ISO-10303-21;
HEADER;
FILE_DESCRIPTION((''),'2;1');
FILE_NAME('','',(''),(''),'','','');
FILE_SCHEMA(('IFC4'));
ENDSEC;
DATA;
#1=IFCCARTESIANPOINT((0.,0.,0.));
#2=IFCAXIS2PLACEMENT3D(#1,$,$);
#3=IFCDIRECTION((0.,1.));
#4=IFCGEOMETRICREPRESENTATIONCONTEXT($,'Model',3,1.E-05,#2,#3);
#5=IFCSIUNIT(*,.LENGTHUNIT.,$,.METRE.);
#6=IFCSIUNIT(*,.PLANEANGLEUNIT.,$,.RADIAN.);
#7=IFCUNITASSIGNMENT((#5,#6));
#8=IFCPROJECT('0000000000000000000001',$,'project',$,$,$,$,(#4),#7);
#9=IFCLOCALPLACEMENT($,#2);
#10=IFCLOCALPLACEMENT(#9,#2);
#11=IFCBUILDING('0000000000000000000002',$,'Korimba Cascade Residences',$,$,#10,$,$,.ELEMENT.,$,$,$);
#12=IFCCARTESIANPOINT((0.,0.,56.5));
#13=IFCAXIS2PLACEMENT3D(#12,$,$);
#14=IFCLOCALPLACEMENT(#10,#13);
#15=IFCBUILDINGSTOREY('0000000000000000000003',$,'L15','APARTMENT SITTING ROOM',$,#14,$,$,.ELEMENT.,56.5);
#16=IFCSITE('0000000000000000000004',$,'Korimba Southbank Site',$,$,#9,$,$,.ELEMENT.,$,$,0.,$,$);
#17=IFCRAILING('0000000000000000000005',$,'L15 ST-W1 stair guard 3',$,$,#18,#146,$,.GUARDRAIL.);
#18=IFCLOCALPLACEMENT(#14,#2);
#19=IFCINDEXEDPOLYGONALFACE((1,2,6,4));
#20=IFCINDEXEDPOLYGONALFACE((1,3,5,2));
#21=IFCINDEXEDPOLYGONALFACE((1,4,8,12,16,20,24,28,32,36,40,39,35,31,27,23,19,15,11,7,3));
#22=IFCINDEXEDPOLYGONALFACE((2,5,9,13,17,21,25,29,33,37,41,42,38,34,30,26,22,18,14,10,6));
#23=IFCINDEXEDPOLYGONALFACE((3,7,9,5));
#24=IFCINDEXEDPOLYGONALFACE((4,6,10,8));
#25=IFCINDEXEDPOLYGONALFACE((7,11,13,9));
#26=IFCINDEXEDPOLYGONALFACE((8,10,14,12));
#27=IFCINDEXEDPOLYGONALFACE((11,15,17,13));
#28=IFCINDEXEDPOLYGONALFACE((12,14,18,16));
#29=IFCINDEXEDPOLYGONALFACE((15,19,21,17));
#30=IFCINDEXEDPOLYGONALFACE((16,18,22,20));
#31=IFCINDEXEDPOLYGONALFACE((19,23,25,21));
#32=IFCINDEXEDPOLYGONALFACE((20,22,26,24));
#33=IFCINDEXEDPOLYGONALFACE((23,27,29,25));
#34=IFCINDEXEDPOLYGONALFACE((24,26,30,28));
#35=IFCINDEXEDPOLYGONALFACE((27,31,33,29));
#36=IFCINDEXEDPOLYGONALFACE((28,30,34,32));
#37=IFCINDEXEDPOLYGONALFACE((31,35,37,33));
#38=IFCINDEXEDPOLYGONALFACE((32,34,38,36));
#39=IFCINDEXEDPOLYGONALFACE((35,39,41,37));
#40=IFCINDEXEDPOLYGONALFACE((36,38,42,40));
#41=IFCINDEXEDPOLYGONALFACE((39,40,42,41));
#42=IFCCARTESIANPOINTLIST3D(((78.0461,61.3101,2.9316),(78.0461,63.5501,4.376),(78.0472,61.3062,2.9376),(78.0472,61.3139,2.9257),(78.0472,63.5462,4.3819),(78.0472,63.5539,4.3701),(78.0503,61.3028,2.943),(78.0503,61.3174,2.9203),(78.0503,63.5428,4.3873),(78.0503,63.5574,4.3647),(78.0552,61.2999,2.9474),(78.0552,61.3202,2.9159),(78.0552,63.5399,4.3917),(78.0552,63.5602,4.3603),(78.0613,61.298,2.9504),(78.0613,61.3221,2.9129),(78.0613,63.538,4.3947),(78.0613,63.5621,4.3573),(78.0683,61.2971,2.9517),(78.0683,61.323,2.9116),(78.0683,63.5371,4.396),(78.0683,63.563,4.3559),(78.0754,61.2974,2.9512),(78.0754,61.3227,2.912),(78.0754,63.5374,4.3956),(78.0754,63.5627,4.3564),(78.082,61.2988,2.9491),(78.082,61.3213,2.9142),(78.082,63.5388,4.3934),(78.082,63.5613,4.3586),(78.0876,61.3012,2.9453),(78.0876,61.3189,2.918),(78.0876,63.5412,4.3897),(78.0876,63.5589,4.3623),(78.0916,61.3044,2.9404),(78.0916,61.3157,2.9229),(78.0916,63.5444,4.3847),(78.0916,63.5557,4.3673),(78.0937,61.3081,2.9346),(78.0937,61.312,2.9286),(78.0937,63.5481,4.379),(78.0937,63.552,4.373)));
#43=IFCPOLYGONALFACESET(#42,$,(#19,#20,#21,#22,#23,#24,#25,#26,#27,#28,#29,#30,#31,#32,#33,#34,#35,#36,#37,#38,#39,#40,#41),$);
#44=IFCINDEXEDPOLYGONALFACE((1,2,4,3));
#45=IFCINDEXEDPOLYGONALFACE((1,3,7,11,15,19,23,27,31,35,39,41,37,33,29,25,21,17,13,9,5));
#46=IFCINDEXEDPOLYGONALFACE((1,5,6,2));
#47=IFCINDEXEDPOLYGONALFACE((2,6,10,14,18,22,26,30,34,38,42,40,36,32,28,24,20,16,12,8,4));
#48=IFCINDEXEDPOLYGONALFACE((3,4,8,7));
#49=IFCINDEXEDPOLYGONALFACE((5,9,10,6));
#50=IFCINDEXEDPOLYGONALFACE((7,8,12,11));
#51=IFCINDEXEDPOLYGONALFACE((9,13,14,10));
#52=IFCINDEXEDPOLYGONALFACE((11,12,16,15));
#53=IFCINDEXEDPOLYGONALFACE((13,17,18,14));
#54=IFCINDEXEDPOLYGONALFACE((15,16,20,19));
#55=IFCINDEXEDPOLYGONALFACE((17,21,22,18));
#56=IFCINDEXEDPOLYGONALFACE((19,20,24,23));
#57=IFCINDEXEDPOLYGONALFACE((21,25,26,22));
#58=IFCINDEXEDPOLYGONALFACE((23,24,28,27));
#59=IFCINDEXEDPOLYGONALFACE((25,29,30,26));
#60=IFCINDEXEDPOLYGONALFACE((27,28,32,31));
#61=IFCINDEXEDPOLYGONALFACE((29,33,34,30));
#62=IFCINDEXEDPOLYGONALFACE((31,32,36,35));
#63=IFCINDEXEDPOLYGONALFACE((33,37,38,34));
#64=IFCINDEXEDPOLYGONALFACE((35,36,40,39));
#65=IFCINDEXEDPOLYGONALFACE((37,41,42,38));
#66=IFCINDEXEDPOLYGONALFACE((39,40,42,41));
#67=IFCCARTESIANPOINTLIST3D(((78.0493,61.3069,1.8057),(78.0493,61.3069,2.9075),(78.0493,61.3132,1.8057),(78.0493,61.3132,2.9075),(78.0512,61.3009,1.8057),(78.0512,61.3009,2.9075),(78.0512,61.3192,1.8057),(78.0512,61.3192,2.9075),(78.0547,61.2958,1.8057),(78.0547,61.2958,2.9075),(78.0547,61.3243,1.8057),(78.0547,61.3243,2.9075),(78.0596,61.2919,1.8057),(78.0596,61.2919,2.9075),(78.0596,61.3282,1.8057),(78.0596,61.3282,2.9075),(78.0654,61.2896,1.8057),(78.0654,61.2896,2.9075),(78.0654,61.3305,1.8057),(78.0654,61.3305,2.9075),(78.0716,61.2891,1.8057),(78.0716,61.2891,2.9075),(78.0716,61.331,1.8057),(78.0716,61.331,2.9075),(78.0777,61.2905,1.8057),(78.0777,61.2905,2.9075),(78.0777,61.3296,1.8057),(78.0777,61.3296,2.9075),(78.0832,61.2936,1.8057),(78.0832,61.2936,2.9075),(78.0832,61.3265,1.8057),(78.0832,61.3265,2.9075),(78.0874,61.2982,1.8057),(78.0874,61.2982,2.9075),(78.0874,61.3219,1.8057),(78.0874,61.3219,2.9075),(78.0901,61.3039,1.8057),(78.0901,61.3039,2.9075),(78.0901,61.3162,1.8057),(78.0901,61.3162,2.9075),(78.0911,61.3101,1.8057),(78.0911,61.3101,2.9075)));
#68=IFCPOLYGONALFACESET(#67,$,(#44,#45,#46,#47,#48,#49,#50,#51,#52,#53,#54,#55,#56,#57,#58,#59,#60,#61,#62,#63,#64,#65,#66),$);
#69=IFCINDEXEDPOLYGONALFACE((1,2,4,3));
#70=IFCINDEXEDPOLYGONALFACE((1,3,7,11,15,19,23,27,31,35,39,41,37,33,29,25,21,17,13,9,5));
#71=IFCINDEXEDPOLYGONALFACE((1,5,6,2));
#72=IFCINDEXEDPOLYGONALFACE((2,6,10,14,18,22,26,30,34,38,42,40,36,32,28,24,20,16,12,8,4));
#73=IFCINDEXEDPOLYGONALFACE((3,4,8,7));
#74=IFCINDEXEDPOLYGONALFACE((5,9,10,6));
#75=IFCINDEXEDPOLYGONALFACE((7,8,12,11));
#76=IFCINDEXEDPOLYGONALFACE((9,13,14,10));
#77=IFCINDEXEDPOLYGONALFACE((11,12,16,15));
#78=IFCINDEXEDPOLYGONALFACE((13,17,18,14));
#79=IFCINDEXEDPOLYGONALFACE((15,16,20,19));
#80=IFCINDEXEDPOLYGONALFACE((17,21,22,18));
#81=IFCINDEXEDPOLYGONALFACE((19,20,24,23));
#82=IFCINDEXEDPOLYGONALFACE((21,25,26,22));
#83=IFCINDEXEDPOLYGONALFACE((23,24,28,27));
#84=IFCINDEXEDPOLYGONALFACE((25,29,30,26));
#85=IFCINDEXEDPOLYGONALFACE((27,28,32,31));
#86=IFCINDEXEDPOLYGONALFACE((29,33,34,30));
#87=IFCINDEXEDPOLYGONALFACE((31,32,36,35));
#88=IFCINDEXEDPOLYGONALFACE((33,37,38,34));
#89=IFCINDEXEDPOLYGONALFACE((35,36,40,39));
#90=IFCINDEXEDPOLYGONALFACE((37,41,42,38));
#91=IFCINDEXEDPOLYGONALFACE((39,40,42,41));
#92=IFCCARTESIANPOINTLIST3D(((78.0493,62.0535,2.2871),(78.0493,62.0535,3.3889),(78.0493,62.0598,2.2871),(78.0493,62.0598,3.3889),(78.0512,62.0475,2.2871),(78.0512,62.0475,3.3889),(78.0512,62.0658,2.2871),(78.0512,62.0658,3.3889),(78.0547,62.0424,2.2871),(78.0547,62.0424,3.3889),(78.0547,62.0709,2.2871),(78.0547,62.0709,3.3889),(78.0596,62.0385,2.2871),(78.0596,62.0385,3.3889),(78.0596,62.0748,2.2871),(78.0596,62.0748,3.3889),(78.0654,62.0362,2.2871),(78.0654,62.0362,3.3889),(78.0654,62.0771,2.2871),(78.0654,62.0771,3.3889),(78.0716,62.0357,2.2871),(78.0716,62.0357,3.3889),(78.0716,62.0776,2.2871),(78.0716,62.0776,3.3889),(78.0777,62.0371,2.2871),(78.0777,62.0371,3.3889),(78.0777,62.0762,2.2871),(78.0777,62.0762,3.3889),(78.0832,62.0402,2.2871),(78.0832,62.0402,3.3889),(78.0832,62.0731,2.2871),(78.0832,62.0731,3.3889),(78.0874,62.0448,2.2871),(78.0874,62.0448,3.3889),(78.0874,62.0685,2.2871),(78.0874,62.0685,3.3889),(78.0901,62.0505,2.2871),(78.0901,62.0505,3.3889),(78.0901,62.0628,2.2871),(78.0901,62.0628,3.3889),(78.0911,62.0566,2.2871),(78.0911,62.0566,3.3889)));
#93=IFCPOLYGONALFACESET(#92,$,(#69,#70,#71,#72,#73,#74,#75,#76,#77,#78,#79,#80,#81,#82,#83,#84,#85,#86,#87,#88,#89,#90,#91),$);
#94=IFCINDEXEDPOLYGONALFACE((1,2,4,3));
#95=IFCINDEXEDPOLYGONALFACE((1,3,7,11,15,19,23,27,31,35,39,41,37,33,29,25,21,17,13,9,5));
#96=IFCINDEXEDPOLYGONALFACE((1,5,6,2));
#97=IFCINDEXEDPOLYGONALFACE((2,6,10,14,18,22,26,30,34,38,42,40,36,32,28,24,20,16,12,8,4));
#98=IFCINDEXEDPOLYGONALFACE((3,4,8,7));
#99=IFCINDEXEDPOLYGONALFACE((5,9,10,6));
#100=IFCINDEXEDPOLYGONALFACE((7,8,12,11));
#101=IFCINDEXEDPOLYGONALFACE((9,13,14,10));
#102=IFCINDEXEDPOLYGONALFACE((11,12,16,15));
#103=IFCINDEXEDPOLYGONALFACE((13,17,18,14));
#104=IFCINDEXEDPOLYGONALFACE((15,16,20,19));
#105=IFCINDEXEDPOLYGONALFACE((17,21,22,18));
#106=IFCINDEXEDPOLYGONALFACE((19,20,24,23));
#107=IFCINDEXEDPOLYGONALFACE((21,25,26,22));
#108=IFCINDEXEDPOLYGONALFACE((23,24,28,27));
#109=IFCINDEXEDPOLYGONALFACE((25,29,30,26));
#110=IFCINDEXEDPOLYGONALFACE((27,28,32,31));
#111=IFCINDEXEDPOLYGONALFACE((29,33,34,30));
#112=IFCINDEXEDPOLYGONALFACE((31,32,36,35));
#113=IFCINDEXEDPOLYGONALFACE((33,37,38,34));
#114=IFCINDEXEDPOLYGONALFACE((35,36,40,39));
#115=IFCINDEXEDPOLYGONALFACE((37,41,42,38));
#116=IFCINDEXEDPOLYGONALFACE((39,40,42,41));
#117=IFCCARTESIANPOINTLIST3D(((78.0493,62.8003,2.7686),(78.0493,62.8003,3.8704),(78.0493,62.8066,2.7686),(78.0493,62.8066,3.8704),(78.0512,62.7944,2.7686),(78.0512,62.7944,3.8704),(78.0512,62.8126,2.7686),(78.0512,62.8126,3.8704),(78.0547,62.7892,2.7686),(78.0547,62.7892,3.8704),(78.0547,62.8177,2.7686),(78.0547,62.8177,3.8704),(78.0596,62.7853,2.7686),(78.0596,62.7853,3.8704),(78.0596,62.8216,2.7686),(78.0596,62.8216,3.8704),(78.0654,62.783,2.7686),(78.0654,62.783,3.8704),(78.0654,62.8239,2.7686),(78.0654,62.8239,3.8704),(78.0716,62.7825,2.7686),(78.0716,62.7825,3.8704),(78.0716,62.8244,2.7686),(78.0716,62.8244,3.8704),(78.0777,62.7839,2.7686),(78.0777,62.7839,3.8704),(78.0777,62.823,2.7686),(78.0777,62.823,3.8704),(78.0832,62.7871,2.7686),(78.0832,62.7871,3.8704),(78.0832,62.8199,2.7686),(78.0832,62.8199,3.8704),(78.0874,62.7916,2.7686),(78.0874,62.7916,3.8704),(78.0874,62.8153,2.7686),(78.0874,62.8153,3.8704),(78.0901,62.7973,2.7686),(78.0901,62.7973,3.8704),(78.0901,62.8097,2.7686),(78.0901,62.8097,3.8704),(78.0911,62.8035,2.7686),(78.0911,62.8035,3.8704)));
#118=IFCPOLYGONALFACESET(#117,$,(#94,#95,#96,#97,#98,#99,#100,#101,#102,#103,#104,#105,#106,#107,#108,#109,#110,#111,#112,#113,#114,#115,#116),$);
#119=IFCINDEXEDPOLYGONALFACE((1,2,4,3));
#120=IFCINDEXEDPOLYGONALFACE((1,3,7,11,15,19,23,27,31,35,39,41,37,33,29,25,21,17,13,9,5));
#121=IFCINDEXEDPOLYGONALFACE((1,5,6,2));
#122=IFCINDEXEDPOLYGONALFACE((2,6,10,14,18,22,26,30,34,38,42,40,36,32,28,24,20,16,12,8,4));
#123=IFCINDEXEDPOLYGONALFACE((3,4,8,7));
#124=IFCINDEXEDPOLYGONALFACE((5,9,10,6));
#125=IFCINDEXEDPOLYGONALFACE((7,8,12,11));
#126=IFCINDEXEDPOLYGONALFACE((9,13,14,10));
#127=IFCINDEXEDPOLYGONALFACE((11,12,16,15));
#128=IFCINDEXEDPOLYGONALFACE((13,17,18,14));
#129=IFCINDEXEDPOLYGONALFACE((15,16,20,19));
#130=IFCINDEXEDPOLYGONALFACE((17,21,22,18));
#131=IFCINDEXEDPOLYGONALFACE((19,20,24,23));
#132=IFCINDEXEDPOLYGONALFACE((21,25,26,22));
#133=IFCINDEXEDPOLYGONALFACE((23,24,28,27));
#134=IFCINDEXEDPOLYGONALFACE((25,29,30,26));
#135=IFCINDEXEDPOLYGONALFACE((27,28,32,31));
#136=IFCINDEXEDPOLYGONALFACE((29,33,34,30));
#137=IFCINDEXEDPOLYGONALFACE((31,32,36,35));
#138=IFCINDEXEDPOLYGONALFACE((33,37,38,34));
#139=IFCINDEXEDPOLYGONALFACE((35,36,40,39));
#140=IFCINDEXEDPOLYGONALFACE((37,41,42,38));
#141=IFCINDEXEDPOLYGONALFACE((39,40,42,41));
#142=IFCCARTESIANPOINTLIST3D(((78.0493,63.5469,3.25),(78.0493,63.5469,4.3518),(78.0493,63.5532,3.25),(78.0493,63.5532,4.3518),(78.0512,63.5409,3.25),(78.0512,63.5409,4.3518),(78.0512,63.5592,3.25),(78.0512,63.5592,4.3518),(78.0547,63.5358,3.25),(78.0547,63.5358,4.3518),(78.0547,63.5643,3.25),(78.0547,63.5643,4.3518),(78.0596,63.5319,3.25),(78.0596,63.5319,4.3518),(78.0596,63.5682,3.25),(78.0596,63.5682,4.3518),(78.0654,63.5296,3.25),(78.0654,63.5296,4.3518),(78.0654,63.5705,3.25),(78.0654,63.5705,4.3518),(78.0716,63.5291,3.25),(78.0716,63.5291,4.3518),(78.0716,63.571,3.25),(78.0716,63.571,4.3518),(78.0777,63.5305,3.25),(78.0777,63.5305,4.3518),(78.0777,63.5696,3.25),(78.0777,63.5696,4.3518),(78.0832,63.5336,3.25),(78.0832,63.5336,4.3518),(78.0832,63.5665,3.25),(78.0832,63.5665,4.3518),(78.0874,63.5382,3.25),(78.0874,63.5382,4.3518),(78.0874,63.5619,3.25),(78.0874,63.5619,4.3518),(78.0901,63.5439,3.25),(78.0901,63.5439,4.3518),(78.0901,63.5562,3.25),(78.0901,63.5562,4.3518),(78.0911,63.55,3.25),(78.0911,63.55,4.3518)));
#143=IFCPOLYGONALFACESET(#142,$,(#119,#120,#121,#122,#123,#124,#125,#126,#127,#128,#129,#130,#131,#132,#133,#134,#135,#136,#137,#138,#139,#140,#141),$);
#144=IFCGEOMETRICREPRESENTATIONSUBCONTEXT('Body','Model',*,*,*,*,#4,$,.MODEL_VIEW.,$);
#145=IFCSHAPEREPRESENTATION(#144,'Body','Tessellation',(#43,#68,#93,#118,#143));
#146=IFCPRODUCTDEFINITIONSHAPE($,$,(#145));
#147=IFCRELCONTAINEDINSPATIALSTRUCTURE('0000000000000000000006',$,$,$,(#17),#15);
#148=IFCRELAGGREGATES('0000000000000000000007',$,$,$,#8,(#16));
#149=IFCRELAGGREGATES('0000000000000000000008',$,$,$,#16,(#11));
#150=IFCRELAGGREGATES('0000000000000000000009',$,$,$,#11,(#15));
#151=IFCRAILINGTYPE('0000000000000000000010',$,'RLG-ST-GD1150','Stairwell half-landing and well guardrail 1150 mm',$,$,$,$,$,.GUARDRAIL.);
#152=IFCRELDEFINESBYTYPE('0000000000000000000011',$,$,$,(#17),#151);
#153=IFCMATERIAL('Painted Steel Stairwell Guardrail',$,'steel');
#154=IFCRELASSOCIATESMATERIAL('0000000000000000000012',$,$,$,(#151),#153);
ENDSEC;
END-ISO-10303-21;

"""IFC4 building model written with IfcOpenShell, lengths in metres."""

from ifc_helpers import new_model, si_unit, direction, frame, origin, origin_2d, place, context, subcontext, project, spatial, circle, extrude, material, type_object, element, save


model = new_model("IFC4")

# Units and contexts
model_context = context("Model", 3, precision=1e-05, world=origin(), true_north=direction((0.0, 1.0)))
body_context = subcontext(model_context, "Body", "Model", "MODEL_VIEW")
ifc_project = project(units=[si_unit("LENGTHUNIT", "METRE"), si_unit("PLANEANGLEUNIT", "RADIAN")], contexts=[model_context])

# Site, building, storey
site_placement = place(None, origin())
site = spatial("IfcSite", under=ifc_project, at=site_placement, Name="Korimba Southbank Site", CompositionType="ELEMENT", RefElevation=0.0)
building_placement = place(site_placement, origin())
building = spatial("IfcBuilding", under=site, at=building_placement, Name="Korimba Cascade Residences", CompositionType="ELEMENT")
storey_placement = place(building_placement, frame((0.0, 0.0, 56.5)))
storey = spatial("IfcBuildingStorey", under=building, at=storey_placement, Name="L15", Description="APARTMENT SITTING ROOM", CompositionType="ELEMENT", Elevation=56.5)

# Railing
ifc_material_1 = material(Name="Painted Steel Stairwell Guardrail", Category="steel")
railing_type_1 = type_object("IfcRailingType", Name="RLG-ST-GD1150", Description="Stairwell half-landing and well guardrail 1150 mm", PredefinedType="GUARDRAIL", material=ifc_material_1)
railing_1_placement = place(storey_placement, frame((78.0701, 61.3101, 1.8057)))
element("IfcRailing", 1, at=railing_1_placement, inside=storey, type_object=railing_type_1, Name="L15 ST-W1 stair guard 3", PredefinedType="GUARDRAIL", context=body_context, shape_type="SweptSolid", body=[
    extrude(circle(Radius=0.0239, at=origin_2d()), frame((0.0, 0.0, 1.126), z_axis=(0.0, 0.840437, 0.54191), x_axis=(-1.0, 0.0, 0.0)), (0.0, 0.0, 1.0), 2.6653),
    extrude(circle(Radius=0.021, at=origin_2d()), origin(), (0.0, 0.0, 1.0), 1.1018),
    extrude(circle(Radius=0.021, at=origin_2d()), frame((0.0, 0.7466, 0.4814)), (0.0, 0.0, 1.0), 1.1018),
    extrude(circle(Radius=0.021, at=origin_2d()), frame((0.0, 1.4934, 0.9629)), (0.0, 0.0, 1.0), 1.1018),
    extrude(circle(Radius=0.021, at=origin_2d()), frame((0.0, 2.24, 1.4443)), (0.0, 0.0, 1.0), 1.1018),
])

save(model, "model.ifc")
